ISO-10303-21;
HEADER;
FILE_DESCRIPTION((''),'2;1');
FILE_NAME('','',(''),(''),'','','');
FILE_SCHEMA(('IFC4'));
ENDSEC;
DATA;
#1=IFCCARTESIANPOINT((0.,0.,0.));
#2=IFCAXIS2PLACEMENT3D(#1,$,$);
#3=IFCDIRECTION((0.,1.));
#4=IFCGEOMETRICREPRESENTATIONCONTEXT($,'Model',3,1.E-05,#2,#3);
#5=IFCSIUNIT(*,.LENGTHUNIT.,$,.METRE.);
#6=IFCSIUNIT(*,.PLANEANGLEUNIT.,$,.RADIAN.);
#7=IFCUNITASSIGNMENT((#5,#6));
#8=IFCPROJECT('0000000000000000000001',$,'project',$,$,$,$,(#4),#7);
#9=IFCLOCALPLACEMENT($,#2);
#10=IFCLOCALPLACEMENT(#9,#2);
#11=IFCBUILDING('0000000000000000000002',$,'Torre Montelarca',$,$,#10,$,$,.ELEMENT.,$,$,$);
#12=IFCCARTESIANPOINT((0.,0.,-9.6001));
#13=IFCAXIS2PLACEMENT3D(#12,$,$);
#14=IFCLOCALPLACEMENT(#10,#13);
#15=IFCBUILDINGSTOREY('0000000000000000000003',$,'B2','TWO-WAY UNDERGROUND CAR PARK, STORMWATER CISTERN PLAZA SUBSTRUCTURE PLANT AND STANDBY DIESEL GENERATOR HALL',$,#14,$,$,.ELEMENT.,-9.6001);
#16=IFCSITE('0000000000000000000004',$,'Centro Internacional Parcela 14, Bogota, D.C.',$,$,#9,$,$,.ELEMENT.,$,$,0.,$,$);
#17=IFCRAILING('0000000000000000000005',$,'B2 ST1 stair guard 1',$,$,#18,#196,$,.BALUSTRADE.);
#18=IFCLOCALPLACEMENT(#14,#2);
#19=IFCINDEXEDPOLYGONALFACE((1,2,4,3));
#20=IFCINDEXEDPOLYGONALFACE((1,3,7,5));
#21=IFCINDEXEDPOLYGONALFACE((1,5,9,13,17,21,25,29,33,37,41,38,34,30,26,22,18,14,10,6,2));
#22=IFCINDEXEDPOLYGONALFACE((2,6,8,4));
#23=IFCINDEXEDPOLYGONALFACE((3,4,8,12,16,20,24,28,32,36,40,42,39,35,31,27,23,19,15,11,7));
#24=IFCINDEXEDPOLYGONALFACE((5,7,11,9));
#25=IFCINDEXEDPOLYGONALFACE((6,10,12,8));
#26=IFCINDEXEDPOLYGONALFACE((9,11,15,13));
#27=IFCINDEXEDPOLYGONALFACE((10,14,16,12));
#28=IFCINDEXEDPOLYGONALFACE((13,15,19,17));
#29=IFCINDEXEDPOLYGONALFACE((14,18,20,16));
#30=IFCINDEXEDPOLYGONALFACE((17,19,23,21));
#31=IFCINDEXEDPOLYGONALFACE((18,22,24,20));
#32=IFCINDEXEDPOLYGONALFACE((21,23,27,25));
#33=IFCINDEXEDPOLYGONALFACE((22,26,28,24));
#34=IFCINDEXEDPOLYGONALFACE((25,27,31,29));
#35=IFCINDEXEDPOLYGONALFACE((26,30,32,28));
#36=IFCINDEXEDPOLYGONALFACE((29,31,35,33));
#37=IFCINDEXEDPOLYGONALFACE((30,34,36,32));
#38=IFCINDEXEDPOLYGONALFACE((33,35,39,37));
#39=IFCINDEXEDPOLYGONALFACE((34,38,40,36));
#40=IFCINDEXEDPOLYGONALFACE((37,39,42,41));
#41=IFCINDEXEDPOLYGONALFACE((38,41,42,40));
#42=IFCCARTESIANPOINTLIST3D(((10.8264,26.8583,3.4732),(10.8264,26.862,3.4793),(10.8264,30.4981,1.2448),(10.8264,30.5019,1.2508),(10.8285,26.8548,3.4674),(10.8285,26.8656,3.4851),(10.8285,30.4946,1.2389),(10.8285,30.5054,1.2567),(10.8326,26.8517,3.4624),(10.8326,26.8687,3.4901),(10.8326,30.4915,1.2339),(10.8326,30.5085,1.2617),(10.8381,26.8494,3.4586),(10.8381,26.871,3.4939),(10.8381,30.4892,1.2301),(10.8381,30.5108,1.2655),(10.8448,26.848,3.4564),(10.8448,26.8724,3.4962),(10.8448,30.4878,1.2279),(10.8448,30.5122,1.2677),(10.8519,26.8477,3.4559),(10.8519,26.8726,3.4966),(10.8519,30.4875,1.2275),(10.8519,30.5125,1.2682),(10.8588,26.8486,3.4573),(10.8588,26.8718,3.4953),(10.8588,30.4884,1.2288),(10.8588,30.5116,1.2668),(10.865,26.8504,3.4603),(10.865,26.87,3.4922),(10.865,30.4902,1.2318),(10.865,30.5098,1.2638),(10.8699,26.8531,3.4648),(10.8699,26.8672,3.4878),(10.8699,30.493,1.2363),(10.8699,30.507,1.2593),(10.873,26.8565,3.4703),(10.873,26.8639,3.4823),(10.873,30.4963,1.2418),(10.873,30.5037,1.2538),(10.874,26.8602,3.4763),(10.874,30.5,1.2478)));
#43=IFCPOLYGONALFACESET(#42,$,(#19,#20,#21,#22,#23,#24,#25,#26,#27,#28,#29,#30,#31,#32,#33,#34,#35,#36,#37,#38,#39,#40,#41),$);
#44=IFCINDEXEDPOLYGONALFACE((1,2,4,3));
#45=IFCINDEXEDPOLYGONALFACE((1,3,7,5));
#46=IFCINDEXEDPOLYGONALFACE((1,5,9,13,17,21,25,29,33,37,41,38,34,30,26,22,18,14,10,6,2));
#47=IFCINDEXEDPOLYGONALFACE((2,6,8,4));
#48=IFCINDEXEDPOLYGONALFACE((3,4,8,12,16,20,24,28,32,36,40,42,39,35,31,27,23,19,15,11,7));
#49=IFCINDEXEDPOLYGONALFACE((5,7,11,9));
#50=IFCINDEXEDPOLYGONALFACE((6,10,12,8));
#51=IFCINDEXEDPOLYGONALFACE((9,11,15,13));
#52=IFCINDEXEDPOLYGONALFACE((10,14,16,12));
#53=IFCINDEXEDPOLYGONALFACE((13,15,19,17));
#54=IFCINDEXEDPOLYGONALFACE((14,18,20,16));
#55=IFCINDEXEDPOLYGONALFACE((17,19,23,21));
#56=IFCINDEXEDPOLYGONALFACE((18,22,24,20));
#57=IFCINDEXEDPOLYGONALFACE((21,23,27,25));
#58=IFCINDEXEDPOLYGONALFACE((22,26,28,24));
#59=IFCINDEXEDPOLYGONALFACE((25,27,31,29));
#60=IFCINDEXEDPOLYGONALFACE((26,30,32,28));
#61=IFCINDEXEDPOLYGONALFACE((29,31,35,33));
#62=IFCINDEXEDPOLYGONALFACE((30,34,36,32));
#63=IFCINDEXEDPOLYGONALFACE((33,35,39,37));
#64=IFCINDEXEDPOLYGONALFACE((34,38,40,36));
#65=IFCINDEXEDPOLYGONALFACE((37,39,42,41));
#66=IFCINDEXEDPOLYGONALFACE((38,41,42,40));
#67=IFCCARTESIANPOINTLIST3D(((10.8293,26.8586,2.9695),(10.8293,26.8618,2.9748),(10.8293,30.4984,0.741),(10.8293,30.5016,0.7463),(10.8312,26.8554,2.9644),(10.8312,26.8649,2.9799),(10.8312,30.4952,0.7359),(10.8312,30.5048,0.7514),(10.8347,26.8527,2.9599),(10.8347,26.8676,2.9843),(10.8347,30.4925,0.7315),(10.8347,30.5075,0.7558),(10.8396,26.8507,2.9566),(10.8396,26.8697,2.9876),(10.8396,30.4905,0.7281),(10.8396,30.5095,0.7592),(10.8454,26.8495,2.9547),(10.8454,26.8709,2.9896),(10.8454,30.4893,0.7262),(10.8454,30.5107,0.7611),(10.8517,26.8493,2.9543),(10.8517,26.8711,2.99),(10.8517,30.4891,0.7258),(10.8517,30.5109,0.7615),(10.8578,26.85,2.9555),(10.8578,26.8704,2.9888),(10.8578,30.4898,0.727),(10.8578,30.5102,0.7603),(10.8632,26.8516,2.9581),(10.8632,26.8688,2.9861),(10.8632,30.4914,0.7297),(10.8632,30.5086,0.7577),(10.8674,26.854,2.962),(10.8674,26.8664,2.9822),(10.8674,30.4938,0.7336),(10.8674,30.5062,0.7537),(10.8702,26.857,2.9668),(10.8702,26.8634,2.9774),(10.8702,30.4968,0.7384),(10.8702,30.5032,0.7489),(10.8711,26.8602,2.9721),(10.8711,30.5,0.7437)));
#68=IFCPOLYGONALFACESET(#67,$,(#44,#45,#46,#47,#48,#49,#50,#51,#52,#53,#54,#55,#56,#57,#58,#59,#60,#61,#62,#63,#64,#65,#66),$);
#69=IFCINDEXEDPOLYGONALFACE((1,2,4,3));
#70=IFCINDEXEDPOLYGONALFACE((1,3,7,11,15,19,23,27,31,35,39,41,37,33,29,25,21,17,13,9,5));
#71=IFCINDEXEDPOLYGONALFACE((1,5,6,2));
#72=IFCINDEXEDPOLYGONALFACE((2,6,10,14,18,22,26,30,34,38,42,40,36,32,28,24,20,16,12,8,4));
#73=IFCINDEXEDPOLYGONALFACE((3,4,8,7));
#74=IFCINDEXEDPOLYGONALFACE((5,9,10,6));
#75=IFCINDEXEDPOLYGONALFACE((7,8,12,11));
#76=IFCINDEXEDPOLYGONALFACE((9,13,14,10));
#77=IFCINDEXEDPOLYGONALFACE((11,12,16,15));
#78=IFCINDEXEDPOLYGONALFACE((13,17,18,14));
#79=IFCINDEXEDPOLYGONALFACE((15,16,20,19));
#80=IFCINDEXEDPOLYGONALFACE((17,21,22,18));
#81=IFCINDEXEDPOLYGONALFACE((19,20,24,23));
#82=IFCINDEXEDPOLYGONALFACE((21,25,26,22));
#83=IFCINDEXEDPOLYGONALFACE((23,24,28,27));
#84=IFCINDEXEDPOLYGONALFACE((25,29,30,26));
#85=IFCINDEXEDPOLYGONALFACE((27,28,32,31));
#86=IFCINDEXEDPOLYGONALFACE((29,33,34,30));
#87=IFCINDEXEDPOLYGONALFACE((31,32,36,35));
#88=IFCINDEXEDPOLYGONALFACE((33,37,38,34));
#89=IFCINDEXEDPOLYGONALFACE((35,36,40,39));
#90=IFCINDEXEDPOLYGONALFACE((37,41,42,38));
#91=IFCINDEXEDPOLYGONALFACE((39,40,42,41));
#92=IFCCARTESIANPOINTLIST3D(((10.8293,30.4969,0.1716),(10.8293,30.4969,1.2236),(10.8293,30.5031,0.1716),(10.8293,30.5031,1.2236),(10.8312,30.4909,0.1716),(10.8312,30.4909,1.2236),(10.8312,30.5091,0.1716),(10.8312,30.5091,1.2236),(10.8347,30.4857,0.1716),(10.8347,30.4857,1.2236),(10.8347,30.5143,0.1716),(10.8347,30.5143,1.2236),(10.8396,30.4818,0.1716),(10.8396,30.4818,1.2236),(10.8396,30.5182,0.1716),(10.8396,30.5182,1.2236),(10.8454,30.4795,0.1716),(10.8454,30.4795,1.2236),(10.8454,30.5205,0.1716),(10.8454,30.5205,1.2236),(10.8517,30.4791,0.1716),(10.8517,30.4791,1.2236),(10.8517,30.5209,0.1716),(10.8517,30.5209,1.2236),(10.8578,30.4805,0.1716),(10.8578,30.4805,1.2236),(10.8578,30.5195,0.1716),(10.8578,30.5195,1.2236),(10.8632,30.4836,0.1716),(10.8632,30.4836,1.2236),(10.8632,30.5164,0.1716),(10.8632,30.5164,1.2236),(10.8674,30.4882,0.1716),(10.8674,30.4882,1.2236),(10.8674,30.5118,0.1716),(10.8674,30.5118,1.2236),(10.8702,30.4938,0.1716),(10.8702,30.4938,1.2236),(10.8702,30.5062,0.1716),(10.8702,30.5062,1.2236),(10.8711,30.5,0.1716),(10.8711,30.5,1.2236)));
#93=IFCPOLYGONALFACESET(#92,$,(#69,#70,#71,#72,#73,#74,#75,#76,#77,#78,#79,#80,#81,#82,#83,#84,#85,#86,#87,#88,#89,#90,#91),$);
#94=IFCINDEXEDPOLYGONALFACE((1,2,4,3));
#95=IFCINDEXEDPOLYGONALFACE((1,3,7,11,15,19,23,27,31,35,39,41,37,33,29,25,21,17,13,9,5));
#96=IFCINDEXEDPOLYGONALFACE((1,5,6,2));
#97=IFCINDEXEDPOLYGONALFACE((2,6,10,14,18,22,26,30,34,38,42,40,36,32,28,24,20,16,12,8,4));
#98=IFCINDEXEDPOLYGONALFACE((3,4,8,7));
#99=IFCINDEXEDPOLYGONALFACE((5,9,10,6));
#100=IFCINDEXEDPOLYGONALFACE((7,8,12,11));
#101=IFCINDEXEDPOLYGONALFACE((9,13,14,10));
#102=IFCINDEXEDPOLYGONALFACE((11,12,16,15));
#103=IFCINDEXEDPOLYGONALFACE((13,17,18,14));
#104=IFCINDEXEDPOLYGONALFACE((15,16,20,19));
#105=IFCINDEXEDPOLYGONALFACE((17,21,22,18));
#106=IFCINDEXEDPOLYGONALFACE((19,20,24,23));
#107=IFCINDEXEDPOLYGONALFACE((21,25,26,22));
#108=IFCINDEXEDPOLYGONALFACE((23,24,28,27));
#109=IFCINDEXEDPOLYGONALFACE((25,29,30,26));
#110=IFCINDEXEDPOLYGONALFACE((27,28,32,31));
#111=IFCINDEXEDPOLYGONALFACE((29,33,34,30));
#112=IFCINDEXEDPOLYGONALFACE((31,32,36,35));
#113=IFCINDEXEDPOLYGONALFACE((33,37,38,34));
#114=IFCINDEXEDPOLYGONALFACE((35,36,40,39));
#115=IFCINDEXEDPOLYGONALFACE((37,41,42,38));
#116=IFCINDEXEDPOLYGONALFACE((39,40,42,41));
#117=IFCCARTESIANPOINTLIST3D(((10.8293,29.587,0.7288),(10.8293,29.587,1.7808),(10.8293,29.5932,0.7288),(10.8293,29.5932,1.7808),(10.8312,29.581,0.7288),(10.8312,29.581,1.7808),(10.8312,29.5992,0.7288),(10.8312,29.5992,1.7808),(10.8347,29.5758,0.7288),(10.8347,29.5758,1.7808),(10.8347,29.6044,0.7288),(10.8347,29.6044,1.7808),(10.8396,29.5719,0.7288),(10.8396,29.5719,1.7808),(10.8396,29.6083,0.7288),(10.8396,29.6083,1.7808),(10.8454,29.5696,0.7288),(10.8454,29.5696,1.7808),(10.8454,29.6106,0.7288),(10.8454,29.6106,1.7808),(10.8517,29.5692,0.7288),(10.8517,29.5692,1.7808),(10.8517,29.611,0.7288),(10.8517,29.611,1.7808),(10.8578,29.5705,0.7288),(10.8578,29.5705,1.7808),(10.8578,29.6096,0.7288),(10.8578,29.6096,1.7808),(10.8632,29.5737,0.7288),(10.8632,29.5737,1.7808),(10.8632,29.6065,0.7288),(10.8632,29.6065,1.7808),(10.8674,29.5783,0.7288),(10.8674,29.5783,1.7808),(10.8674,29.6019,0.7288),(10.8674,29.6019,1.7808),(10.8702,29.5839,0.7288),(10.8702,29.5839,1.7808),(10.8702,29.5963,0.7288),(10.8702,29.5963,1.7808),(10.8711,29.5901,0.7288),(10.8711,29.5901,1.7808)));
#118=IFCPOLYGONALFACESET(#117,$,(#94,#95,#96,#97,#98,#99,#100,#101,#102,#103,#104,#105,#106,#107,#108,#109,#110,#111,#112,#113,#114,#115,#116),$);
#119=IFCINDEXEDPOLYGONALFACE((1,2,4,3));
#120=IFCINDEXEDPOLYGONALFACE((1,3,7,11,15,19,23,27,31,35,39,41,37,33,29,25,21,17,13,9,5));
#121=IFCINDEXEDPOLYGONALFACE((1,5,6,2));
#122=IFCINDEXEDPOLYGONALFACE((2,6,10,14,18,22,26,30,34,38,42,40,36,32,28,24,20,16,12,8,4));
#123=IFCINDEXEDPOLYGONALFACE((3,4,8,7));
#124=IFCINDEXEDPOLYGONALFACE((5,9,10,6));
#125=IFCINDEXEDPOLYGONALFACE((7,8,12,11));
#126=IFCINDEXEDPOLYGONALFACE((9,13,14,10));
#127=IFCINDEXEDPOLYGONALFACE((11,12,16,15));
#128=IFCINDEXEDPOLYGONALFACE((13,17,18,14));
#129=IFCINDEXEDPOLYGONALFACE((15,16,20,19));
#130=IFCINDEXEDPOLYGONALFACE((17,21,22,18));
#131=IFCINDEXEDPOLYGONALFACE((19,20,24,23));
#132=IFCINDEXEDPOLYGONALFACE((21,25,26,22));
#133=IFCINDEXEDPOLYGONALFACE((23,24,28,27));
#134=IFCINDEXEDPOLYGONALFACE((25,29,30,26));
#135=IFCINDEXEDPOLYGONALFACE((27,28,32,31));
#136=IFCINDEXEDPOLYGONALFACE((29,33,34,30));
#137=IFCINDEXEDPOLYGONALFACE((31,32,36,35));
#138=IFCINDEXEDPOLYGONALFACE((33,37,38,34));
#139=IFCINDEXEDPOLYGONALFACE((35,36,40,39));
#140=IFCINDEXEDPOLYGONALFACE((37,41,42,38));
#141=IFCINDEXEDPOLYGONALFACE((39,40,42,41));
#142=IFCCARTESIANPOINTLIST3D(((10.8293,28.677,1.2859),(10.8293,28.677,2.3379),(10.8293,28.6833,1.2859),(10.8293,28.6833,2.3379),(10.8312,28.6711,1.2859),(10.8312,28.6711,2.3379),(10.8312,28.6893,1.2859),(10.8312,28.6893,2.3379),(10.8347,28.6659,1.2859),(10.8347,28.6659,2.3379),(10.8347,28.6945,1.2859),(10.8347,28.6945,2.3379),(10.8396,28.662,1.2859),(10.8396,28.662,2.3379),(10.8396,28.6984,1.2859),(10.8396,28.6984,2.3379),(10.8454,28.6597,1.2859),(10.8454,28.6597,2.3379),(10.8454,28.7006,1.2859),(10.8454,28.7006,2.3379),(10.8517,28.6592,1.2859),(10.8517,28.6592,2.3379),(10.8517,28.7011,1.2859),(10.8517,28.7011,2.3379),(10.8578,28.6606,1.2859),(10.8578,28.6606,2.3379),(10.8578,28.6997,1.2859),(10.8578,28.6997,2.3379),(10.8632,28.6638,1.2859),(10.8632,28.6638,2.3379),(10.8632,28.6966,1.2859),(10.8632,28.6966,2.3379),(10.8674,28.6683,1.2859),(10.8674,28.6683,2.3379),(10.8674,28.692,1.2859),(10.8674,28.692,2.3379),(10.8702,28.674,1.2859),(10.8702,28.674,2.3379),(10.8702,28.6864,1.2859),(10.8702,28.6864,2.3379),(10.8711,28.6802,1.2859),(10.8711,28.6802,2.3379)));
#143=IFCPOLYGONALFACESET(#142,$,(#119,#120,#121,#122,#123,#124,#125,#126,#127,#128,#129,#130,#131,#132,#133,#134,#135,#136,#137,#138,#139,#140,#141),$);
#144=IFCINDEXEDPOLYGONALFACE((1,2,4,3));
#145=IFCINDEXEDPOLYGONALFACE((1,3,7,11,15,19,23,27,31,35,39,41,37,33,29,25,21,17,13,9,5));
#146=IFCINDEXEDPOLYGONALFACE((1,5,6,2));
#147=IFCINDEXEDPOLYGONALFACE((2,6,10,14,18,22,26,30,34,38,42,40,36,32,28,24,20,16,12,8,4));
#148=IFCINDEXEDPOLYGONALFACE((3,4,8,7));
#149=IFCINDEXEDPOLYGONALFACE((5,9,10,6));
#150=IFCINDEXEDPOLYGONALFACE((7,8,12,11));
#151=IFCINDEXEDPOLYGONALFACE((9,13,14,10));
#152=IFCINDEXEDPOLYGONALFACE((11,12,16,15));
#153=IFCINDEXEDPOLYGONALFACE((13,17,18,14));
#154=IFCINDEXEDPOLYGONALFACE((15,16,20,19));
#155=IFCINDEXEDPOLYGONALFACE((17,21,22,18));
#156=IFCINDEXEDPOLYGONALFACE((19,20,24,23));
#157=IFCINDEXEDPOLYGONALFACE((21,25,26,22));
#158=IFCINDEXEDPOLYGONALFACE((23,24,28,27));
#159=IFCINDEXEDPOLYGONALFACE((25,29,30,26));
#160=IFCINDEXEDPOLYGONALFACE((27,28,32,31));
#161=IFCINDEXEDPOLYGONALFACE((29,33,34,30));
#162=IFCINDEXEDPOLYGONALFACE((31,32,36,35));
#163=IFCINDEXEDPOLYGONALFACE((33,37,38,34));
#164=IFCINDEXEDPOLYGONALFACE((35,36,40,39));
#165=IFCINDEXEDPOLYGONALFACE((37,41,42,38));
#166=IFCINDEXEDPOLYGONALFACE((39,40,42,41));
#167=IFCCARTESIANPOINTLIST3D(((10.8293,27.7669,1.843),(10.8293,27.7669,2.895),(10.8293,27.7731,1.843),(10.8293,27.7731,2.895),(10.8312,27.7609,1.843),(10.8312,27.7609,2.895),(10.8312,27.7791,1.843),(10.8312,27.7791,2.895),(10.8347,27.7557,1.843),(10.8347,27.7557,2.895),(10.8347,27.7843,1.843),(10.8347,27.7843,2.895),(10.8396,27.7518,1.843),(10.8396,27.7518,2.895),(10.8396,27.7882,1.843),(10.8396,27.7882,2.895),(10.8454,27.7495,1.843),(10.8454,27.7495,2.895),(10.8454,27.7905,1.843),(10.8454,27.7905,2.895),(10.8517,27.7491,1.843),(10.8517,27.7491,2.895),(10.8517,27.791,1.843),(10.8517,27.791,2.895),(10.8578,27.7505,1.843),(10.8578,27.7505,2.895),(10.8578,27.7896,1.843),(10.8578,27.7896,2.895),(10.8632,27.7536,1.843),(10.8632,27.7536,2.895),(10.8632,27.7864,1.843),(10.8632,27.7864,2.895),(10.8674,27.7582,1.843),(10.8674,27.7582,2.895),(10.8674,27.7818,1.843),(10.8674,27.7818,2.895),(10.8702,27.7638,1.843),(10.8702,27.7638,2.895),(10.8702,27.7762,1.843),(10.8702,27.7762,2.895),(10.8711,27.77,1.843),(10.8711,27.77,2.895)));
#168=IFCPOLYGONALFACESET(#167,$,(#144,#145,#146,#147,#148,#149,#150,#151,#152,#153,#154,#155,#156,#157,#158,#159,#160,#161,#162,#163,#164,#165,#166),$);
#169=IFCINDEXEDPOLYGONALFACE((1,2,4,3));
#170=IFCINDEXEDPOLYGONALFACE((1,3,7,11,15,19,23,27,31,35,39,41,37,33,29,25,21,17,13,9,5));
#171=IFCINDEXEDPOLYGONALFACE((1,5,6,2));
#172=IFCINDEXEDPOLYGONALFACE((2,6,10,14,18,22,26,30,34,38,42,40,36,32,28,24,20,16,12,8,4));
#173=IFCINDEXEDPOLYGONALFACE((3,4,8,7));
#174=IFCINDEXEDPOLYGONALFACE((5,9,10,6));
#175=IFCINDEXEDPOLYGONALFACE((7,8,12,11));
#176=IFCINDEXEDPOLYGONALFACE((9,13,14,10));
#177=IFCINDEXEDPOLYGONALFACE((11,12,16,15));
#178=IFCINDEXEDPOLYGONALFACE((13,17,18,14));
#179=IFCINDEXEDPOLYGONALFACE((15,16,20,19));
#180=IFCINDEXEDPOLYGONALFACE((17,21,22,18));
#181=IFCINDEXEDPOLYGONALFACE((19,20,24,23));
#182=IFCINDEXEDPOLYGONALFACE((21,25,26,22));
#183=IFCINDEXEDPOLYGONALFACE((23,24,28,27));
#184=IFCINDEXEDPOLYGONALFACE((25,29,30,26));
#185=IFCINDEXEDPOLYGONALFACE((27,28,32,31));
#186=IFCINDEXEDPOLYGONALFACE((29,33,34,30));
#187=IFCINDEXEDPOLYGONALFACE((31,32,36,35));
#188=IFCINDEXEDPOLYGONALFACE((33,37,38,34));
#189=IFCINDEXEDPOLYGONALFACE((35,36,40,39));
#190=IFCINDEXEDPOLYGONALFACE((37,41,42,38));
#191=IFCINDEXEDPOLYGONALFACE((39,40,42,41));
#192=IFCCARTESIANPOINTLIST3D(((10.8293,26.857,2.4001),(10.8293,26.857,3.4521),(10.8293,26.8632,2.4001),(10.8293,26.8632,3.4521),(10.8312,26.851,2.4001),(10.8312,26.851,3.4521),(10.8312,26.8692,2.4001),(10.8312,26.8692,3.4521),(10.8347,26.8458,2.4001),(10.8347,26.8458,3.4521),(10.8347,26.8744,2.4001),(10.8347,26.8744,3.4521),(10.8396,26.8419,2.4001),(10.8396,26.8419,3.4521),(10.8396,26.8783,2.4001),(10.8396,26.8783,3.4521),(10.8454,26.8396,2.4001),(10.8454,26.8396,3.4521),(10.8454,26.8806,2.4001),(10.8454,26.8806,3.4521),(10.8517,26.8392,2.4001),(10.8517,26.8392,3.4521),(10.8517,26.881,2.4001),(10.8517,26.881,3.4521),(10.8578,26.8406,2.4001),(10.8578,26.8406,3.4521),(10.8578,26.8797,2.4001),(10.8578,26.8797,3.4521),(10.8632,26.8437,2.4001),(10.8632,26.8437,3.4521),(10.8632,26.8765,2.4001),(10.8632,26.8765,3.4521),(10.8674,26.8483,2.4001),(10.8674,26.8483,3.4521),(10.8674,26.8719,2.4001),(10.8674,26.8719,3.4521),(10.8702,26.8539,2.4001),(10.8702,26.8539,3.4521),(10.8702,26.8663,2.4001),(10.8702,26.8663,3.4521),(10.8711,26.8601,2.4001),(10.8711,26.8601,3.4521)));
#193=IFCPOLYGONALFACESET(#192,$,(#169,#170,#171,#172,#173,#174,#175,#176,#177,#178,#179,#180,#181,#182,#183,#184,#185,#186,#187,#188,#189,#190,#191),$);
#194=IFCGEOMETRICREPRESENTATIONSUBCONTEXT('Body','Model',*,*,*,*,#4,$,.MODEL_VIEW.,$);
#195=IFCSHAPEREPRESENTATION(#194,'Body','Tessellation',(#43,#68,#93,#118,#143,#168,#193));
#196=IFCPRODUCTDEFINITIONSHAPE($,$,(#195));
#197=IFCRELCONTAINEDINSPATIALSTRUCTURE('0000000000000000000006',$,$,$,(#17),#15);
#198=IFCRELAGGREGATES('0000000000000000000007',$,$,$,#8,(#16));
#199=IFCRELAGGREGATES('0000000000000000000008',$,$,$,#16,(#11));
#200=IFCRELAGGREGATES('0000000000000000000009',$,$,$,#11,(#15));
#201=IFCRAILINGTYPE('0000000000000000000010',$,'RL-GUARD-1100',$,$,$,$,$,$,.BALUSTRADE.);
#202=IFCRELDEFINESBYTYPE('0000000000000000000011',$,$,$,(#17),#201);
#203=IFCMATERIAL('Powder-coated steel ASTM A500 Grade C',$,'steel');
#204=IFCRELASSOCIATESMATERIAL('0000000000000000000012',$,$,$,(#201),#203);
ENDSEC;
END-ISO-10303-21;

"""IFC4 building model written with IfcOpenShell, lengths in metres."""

from ifc_helpers import new_model, si_unit, direction, frame, origin, origin_2d, place, context, subcontext, project, spatial, circle, extrude, material, type_object, element, save


model = new_model("IFC4")

# Units and contexts
model_context = context("Model", 3, precision=1e-05, world=origin(), true_north=direction((0.0, 1.0)))
body_context = subcontext(model_context, "Body", "Model", "MODEL_VIEW")
ifc_project = project(units=[si_unit("LENGTHUNIT", "METRE"), si_unit("PLANEANGLEUNIT", "RADIAN")], contexts=[model_context])

# Site, building, storey
site_placement = place(None, origin())
site = spatial("IfcSite", under=ifc_project, at=site_placement, Name="Centro Internacional Parcela 14, Bogota, D.C.", CompositionType="ELEMENT", RefElevation=0.0)
building_placement = place(site_placement, origin())
building = spatial("IfcBuilding", under=site, at=building_placement, Name="Torre Montelarca", CompositionType="ELEMENT")
storey_placement = place(building_placement, frame((0.0, 0.0, -9.6001)))
storey = spatial("IfcBuildingStorey", under=building, at=storey_placement, Name="B2", Description="TWO-WAY UNDERGROUND CAR PARK, STORMWATER CISTERN PLAZA SUBSTRUCTURE PLANT AND STANDBY DIESEL GENERATOR HALL", CompositionType="ELEMENT", Elevation=-9.6001)

# Railing
ifc_material_1 = material(Name="Powder-coated steel ASTM A500 Grade C", Category="steel")
railing_type_1 = type_object("IfcRailingType", Name="RL-GUARD-1100", PredefinedType="BALUSTRADE", material=ifc_material_1)
railing_1_placement = place(storey_placement, frame((10.8501, 30.5, 0.1716)))
element("IfcRailing", 1, at=railing_1_placement, inside=storey, type_object=railing_type_1, Name="B2 ST1 stair guard 1", PredefinedType="BALUSTRADE", context=body_context, shape_type="SweptSolid", body=[
    extrude(circle(Radius=0.0239, at=origin_2d()), frame((0.0, 0.0, 1.0762), z_axis=(0.0, -0.85285, 0.522156), x_axis=(1.0, 0.0, 0.0)), (0.0, 0.0, 1.0), 4.2678),
    extrude(circle(Radius=0.021, at=origin_2d()), frame((0.0, 0.0, 0.572), z_axis=(0.0, -0.85285, 0.522156), x_axis=(1.0, 0.0, 0.0)), (0.0, 0.0, 1.0), 4.2678),
    extrude(circle(Radius=0.021, at=origin_2d()), origin(), (0.0, 0.0, 1.0), 1.052),
    extrude(circle(Radius=0.021, at=origin_2d()), frame((0.0, -0.9099, 0.5571)), (0.0, 0.0, 1.0), 1.052),
    extrude(circle(Radius=0.021, at=origin_2d()), frame((0.0, -1.8198, 1.1143)), (0.0, 0.0, 1.0), 1.052),
    extrude(circle(Radius=0.021, at=origin_2d()), frame((0.0, -2.73, 1.6714)), (0.0, 0.0, 1.0), 1.052),
    extrude(circle(Radius=0.021, at=origin_2d()), frame((0.0, -3.6399, 2.2285)), (0.0, 0.0, 1.0), 1.052),
])

save(model, "model.ifc")
